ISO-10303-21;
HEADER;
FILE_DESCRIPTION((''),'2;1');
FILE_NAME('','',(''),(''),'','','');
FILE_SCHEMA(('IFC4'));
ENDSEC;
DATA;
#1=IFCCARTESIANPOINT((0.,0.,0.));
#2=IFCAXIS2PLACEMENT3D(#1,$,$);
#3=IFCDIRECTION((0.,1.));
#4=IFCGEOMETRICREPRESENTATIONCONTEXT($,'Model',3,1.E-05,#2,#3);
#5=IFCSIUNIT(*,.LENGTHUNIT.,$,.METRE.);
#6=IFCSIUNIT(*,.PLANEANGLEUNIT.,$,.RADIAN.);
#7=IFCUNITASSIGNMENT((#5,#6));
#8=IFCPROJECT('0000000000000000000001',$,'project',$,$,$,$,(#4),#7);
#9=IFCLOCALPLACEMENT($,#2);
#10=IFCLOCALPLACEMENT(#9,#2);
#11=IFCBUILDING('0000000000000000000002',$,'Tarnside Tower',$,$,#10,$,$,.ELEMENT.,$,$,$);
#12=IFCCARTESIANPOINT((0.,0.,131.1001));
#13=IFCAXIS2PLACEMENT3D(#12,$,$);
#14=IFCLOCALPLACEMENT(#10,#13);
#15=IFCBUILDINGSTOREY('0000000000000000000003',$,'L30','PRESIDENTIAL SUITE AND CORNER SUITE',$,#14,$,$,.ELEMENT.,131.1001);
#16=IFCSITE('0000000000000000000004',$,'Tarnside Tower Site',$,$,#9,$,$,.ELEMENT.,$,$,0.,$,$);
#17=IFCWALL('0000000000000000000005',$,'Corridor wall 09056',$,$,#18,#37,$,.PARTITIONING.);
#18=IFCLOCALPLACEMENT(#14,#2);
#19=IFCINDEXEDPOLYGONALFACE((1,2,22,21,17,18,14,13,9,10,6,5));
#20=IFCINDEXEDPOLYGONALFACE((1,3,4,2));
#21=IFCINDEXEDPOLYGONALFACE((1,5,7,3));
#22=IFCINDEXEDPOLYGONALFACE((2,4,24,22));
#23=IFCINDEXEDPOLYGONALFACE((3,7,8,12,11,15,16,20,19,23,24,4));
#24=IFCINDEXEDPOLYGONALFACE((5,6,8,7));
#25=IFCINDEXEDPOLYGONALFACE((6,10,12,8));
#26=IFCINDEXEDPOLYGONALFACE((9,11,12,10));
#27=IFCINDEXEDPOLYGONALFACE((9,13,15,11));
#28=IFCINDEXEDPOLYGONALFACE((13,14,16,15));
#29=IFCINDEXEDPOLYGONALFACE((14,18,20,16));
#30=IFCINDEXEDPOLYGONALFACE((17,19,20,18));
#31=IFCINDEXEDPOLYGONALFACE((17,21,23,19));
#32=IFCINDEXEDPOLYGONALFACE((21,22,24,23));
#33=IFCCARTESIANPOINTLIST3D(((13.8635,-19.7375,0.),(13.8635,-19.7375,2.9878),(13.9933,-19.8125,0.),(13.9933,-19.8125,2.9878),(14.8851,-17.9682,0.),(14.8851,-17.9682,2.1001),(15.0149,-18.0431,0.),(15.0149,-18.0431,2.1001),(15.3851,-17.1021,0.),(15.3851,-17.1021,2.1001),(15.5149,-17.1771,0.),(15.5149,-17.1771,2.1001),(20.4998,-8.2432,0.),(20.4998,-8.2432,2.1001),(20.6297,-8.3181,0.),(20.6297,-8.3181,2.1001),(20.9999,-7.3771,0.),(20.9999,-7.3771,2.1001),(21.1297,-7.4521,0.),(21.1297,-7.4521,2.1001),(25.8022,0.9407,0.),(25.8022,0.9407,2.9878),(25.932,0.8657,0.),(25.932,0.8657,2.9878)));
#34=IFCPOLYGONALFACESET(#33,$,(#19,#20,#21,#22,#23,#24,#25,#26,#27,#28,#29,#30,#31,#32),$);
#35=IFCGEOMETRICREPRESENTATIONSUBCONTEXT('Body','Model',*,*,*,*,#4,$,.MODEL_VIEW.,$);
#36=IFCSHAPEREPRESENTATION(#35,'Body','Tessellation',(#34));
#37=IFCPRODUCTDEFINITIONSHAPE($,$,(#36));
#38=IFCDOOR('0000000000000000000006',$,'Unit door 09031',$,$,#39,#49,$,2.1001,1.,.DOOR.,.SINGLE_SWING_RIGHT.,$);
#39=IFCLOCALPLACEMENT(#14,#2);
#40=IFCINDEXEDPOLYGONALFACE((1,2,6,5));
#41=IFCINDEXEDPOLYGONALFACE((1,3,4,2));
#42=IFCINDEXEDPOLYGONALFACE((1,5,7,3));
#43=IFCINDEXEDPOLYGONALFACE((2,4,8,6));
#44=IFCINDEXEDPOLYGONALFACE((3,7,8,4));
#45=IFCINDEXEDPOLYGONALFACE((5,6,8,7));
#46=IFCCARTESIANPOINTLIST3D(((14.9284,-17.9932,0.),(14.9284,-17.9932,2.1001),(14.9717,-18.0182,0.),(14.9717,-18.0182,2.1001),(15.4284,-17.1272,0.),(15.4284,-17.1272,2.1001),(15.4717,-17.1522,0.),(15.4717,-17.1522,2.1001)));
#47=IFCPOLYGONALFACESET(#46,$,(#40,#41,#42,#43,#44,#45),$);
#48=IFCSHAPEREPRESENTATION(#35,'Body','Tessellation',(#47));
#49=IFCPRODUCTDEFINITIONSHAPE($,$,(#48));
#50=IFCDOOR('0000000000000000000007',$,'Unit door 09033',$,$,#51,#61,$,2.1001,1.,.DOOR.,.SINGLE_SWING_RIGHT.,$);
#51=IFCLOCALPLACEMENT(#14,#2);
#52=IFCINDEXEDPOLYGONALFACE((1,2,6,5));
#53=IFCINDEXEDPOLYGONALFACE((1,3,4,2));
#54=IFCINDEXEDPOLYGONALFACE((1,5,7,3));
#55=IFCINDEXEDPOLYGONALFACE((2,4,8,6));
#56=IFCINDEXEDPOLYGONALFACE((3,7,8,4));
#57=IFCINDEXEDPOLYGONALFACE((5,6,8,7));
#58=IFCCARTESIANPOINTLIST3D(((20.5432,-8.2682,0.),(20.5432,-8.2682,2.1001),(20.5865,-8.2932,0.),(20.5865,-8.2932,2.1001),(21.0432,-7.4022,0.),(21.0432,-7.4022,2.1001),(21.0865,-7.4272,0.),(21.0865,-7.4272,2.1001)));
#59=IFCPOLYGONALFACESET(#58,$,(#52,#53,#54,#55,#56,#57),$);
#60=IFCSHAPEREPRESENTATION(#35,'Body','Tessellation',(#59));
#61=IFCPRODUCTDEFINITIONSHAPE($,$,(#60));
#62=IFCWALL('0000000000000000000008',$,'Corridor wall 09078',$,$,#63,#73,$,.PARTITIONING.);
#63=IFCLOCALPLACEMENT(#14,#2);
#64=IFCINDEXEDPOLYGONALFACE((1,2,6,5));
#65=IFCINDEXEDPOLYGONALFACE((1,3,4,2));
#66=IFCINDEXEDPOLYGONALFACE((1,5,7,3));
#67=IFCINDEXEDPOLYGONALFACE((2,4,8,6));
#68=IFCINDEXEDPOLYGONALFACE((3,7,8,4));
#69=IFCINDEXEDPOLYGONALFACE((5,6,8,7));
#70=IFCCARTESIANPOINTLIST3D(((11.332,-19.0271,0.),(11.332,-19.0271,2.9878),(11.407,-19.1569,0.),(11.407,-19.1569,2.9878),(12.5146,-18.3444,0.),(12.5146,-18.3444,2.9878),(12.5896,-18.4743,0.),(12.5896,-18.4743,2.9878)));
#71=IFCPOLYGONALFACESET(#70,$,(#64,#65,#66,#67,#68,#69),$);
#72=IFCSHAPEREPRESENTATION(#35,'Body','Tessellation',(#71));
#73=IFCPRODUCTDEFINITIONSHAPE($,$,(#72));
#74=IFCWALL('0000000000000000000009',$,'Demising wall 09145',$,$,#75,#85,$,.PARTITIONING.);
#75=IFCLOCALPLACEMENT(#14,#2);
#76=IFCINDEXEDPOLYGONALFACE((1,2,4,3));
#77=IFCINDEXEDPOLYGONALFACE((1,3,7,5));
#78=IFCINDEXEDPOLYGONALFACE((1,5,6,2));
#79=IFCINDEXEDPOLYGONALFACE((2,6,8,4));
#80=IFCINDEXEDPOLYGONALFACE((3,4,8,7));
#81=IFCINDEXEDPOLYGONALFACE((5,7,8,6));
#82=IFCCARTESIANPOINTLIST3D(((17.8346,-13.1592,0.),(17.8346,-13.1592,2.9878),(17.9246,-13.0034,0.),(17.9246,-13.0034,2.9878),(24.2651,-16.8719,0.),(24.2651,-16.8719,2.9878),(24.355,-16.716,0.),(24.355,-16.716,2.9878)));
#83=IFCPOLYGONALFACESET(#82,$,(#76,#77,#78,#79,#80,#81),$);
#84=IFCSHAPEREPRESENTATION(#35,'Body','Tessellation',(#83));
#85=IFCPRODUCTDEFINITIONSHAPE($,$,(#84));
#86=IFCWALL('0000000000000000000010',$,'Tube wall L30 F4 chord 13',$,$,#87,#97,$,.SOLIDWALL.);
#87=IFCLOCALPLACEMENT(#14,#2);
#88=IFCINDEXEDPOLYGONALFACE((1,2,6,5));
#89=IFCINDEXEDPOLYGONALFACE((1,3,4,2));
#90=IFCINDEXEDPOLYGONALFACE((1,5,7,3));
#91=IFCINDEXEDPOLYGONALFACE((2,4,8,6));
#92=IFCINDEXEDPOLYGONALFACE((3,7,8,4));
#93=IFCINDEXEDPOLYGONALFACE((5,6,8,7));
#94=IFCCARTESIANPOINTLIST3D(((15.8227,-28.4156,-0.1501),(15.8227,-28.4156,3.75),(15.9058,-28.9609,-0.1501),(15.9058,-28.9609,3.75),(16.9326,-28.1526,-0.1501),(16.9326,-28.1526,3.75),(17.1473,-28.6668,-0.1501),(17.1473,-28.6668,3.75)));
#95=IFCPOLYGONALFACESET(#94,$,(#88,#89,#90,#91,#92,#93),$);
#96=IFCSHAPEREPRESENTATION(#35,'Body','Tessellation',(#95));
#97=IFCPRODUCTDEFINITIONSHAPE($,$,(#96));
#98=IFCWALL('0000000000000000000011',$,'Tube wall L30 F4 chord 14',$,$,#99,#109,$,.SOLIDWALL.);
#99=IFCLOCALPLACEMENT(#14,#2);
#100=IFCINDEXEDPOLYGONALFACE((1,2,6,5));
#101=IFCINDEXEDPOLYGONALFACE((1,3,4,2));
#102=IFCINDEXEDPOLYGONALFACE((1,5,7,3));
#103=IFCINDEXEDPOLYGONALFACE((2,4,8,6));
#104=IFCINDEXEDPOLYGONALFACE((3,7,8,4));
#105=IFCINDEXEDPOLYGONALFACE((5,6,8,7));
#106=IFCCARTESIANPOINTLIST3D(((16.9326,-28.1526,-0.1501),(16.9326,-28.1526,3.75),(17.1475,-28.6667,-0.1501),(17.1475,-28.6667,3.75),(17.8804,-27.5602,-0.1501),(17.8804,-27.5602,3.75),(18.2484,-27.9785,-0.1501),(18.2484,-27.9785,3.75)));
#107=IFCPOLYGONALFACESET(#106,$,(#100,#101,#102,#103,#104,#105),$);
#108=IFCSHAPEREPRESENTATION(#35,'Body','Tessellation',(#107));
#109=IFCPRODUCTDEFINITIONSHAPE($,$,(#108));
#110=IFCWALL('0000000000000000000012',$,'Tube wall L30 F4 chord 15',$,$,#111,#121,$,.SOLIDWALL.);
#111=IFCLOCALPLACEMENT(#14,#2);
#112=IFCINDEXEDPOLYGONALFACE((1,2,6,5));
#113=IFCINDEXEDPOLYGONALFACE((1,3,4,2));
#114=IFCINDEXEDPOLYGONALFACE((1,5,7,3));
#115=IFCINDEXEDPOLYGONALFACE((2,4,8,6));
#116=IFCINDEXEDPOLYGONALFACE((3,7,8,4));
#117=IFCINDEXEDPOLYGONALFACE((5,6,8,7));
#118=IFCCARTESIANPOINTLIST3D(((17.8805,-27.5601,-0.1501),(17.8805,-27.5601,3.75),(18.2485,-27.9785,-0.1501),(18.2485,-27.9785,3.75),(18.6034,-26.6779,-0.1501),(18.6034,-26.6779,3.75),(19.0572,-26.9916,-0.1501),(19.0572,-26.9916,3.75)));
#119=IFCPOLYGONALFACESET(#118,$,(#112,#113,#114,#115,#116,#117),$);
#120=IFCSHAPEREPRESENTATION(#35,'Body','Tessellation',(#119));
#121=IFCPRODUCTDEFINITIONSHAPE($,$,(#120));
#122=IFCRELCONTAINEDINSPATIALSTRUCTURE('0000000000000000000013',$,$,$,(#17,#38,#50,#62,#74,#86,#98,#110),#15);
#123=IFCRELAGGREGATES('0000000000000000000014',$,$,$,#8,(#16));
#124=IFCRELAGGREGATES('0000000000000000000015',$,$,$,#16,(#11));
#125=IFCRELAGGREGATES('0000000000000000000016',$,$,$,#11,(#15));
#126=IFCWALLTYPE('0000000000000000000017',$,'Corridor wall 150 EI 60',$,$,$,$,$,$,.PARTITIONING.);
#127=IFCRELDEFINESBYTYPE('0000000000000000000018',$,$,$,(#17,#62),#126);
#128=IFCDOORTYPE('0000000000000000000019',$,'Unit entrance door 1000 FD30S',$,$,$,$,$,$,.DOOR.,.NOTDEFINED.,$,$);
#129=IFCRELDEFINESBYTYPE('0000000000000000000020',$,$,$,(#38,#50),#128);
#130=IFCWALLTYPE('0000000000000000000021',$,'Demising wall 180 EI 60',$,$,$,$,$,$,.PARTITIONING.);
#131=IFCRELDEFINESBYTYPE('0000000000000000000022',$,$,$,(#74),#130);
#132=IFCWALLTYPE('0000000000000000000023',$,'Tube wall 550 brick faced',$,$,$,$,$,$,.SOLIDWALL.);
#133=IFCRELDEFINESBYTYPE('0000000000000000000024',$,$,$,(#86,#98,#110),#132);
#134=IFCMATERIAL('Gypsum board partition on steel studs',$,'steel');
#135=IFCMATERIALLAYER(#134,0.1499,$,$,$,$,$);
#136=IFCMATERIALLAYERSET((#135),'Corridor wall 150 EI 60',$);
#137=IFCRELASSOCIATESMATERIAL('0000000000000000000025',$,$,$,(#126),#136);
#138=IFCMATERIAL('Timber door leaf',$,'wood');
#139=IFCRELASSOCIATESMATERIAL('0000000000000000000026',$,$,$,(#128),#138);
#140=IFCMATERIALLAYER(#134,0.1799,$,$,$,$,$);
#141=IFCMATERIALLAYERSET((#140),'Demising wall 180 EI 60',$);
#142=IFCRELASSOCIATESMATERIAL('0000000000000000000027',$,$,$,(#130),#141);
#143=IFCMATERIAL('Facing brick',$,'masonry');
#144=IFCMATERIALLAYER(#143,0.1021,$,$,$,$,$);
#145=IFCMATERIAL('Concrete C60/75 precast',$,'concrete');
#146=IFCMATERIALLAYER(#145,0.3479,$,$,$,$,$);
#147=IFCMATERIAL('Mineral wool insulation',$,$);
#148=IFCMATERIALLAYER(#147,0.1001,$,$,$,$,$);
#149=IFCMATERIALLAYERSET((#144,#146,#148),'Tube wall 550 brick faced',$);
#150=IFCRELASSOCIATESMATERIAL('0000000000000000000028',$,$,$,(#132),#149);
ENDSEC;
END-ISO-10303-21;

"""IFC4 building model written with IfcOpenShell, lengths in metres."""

from ifc_helpers import new_model, si_unit, direction, frame, frame_2d, origin, place, context, subcontext, project, spatial, polyline, rectangle, outline, extrude, material, layer, layer_set, type_object, element, fill, save


model = new_model("IFC4")

# Units and contexts
model_context = context("Model", 3, precision=1e-05, world=origin(), true_north=direction((0.0, 1.0)))
body_context = subcontext(model_context, "Body", "Model", "MODEL_VIEW")
ifc_project = project(units=[si_unit("LENGTHUNIT", "METRE"), si_unit("PLANEANGLEUNIT", "RADIAN")], contexts=[model_context])

# Site, building, storey
site_placement = place(None, origin())
site = spatial("IfcSite", under=ifc_project, at=site_placement, Name="Tarnside Tower Site", CompositionType="ELEMENT", RefElevation=0.0)
building_placement = place(site_placement, origin())
building = spatial("IfcBuilding", under=site, at=building_placement, Name="Tarnside Tower", CompositionType="ELEMENT")
storey_placement = place(building_placement, frame((0.0, 0.0, 131.1001)))
storey = spatial("IfcBuildingStorey", under=building, at=storey_placement, Name="L30", Description="PRESIDENTIAL SUITE AND CORNER SUITE", CompositionType="ELEMENT", Elevation=131.1001)

# Shared definitions
ifc_material_1 = material(Name="Gypsum board partition on steel studs", Category="steel")

# Shared definitions
ifc_material_2 = material(Name="Timber door leaf", Category="wood")

# Shared definitions
ifc_layer_1 = layer(ifc_material_1, 0.1499)
ifc_layer_set_1 = layer_set([ifc_layer_1], Name="Corridor wall 150 EI 60")
wall_type_1 = type_object("IfcWallType", Name="Corridor wall 150 EI 60", PredefinedType="PARTITIONING", material=ifc_layer_set_1)

# Wall, openings, doors
wall_1_placement = place(storey_placement, frame((13.9285, -19.7749, 0.0), z_axis=(0.0, 0.0, 1.0), x_axis=(0.500005, 0.866023, 0.0)))
wall_1 = element("IfcWall", 1, at=wall_1_placement, inside=storey, type_object=wall_type_1, Name="Corridor wall 09056", PredefinedType="PARTITIONING", context=body_context, shape_type="SweptSolid", body=[
    extrude(rectangle(XDim=23.8772, YDim=0.1499, at=frame_2d((11.9385, 0.0))), origin(), (0.0, 0.0, 1.0), 2.9878),
])
opening_1_placement = place(wall_1_placement, frame((2.043, 0.0, 0.0)))
opening_1 = element("IfcOpeningElement", 2, at=opening_1_placement, cuts=wall_1, PredefinedType="OPENING", context=body_context, shape_type="SweptSolid", body=[
    extrude(rectangle(XDim=1.0, YDim=2.1001, at=frame_2d((0.5, 1.05))), frame((0.0, 0.085, 0.0), z_axis=(0.0, -1.0, 0.0), x_axis=(1.0, 0.0, 0.0)), (0.0, 0.0, 1.0), 0.1699),
])
opening_2_placement = place(wall_1_placement, frame((13.2725, 0.0, 0.0)))
opening_2 = element("IfcOpeningElement", 3, at=opening_2_placement, cuts=wall_1, PredefinedType="OPENING", context=body_context, shape_type="SweptSolid", body=[
    extrude(rectangle(XDim=1.0, YDim=2.1001, at=frame_2d((0.5, 1.05))), frame((0.0, 0.085, 0.0), z_axis=(0.0, -1.0, 0.0), x_axis=(1.0, 0.0, 0.0)), (0.0, 0.0, 1.0), 0.1699),
])
door_type_1 = type_object("IfcDoorType", Name="Unit entrance door 1000 FD30S", OperationType="NOTDEFINED", PredefinedType="DOOR", material=ifc_material_2)
door_1_placement = place(opening_1_placement, origin())
door_1 = element("IfcDoor", 4, at=door_1_placement, inside=storey, type_object=door_type_1, Name="Unit door 09031", OperationType="SINGLE_SWING_RIGHT", OverallHeight=2.1001, OverallWidth=1.0, PredefinedType="DOOR", context=body_context, shape_type="SweptSolid", body=[
    extrude(rectangle(XDim=1.0, YDim=2.1001, at=frame_2d((0.5, 1.05))), frame((0.0, 0.0249, 0.0), z_axis=(0.0, -1.0, 0.0), x_axis=(1.0, 0.0, 0.0)), (0.0, 0.0, 1.0), 0.05),
])
fill(opening_1, door_1)
door_2_placement = place(opening_2_placement, origin())
door_2 = element("IfcDoor", 5, at=door_2_placement, inside=storey, type_object=door_type_1, Name="Unit door 09033", OperationType="SINGLE_SWING_RIGHT", OverallHeight=2.1001, OverallWidth=1.0, PredefinedType="DOOR", context=body_context, shape_type="SweptSolid", body=[
    extrude(rectangle(XDim=1.0, YDim=2.1001, at=frame_2d((0.5, 1.05))), frame((0.0, 0.0249, 0.0), z_axis=(0.0, -1.0, 0.0), x_axis=(1.0, 0.0, 0.0)), (0.0, 0.0, 1.0), 0.05),
])
fill(opening_2, door_2)

# Walls
wall_2_placement = place(storey_placement, frame((12.552, -18.4094, 0.0), z_axis=(0.0, 0.0, 1.0), x_axis=(-0.866078, -0.499908, 0.0)))
element("IfcWall", 6, at=wall_2_placement, inside=storey, type_object=wall_type_1, Name="Corridor wall 09078", PredefinedType="PARTITIONING", context=body_context, shape_type="SweptSolid", body=[
    extrude(rectangle(XDim=1.3655, YDim=0.1499, at=frame_2d((0.6826, 0.0))), origin(), (0.0, 0.0, 1.0), 2.9878),
])
ifc_layer_2 = layer(ifc_material_1, 0.1799)
ifc_layer_set_2 = layer_set([ifc_layer_2], Name="Demising wall 180 EI 60")
wall_type_2 = type_object("IfcWallType", Name="Demising wall 180 EI 60", PredefinedType="PARTITIONING", material=ifc_layer_set_2)
wall_3_placement = place(storey_placement, frame((24.3101, -16.7939, 0.0), z_axis=(0.0, 0.0, 1.0), x_axis=(-0.866023, 0.500004, 0.0)))
element("IfcWall", 7, at=wall_3_placement, inside=storey, type_object=wall_type_2, Name="Demising wall 09145", PredefinedType="PARTITIONING", context=body_context, shape_type="SweptSolid", body=[
    extrude(rectangle(XDim=7.4253, YDim=0.1799, at=frame_2d((3.7126, 0.0))), origin(), (0.0, 0.0, 1.0), 2.9878),
])
ifc_material_3 = material(Name="Facing brick", Category="masonry")
ifc_layer_3 = layer(ifc_material_3, 0.1021)
ifc_material_4 = material(Name="Concrete C60/75 precast", Category="concrete")
ifc_layer_4 = layer(ifc_material_4, 0.3479)
ifc_material_5 = material(Name="Mineral wool insulation")
ifc_layer_5 = layer(ifc_material_5, 0.1001)
ifc_layer_set_3 = layer_set([ifc_layer_3, ifc_layer_4, ifc_layer_5], Name="Tube wall 550 brick faced")
wall_type_3 = type_object("IfcWallType", Name="Tube wall 550 brick faced", PredefinedType="SOLIDWALL", material=ifc_layer_set_3)
wall_4_placement = place(storey_placement, frame((15.8643, -28.6882, -0.1501), z_axis=(0.0, 0.0, 1.0), x_axis=(0.973064, 0.230537, 0.0)))
element("IfcWall", 8, at=wall_4_placement, inside=storey, type_object=wall_type_3, Name="Tube wall L30 F4 chord 13", PredefinedType="SOLIDWALL", context=body_context, shape_type="SweptSolid", body=[
    extrude(outline(polyline([(-0.0225, -0.2749), (1.2534, -0.2749), (1.1631, 0.2749), (0.0225, 0.2749), (-0.0225, -0.2749)])), origin(), (0.0, 0.0, 1.0), 3.9001),
])
wall_5_placement = place(storey_placement, frame((17.04, -28.4097, -0.1501), z_axis=(0.0, 0.0, 1.0), x_axis=(0.847953, 0.530072, 0.0)))
element("IfcWall", 9, at=wall_5_placement, inside=storey, type_object=wall_type_3, Name="Tube wall L30 F4 chord 14", PredefinedType="SOLIDWALL", context=body_context, shape_type="SweptSolid", body=[
    extrude(outline(polyline([(-0.0452, -0.2749), (1.2532, -0.2749), (1.1628, 0.2749), (0.0452, 0.2749), (-0.0452, -0.2749)])), origin(), (0.0, 0.0, 1.0), 3.9001),
])
wall_6_placement = place(storey_placement, frame((18.0645, -27.7693, -0.1501), z_axis=(0.0, 0.0, 1.0), x_axis=(0.633843, 0.773462, 0.0)))
element("IfcWall", 10, at=wall_6_placement, inside=storey, type_object=wall_type_3, Name="Tube wall L30 F4 chord 15", PredefinedType="SOLIDWALL", context=body_context, shape_type="SweptSolid", body=[
    extrude(outline(polyline([(-0.0452, -0.2749), (1.2307, -0.2749), (1.1858, 0.2749), (0.0452, 0.2749), (-0.0452, -0.2749)])), origin(), (0.0, 0.0, 1.0), 3.9001),
])

save(model, "model.ifc")
